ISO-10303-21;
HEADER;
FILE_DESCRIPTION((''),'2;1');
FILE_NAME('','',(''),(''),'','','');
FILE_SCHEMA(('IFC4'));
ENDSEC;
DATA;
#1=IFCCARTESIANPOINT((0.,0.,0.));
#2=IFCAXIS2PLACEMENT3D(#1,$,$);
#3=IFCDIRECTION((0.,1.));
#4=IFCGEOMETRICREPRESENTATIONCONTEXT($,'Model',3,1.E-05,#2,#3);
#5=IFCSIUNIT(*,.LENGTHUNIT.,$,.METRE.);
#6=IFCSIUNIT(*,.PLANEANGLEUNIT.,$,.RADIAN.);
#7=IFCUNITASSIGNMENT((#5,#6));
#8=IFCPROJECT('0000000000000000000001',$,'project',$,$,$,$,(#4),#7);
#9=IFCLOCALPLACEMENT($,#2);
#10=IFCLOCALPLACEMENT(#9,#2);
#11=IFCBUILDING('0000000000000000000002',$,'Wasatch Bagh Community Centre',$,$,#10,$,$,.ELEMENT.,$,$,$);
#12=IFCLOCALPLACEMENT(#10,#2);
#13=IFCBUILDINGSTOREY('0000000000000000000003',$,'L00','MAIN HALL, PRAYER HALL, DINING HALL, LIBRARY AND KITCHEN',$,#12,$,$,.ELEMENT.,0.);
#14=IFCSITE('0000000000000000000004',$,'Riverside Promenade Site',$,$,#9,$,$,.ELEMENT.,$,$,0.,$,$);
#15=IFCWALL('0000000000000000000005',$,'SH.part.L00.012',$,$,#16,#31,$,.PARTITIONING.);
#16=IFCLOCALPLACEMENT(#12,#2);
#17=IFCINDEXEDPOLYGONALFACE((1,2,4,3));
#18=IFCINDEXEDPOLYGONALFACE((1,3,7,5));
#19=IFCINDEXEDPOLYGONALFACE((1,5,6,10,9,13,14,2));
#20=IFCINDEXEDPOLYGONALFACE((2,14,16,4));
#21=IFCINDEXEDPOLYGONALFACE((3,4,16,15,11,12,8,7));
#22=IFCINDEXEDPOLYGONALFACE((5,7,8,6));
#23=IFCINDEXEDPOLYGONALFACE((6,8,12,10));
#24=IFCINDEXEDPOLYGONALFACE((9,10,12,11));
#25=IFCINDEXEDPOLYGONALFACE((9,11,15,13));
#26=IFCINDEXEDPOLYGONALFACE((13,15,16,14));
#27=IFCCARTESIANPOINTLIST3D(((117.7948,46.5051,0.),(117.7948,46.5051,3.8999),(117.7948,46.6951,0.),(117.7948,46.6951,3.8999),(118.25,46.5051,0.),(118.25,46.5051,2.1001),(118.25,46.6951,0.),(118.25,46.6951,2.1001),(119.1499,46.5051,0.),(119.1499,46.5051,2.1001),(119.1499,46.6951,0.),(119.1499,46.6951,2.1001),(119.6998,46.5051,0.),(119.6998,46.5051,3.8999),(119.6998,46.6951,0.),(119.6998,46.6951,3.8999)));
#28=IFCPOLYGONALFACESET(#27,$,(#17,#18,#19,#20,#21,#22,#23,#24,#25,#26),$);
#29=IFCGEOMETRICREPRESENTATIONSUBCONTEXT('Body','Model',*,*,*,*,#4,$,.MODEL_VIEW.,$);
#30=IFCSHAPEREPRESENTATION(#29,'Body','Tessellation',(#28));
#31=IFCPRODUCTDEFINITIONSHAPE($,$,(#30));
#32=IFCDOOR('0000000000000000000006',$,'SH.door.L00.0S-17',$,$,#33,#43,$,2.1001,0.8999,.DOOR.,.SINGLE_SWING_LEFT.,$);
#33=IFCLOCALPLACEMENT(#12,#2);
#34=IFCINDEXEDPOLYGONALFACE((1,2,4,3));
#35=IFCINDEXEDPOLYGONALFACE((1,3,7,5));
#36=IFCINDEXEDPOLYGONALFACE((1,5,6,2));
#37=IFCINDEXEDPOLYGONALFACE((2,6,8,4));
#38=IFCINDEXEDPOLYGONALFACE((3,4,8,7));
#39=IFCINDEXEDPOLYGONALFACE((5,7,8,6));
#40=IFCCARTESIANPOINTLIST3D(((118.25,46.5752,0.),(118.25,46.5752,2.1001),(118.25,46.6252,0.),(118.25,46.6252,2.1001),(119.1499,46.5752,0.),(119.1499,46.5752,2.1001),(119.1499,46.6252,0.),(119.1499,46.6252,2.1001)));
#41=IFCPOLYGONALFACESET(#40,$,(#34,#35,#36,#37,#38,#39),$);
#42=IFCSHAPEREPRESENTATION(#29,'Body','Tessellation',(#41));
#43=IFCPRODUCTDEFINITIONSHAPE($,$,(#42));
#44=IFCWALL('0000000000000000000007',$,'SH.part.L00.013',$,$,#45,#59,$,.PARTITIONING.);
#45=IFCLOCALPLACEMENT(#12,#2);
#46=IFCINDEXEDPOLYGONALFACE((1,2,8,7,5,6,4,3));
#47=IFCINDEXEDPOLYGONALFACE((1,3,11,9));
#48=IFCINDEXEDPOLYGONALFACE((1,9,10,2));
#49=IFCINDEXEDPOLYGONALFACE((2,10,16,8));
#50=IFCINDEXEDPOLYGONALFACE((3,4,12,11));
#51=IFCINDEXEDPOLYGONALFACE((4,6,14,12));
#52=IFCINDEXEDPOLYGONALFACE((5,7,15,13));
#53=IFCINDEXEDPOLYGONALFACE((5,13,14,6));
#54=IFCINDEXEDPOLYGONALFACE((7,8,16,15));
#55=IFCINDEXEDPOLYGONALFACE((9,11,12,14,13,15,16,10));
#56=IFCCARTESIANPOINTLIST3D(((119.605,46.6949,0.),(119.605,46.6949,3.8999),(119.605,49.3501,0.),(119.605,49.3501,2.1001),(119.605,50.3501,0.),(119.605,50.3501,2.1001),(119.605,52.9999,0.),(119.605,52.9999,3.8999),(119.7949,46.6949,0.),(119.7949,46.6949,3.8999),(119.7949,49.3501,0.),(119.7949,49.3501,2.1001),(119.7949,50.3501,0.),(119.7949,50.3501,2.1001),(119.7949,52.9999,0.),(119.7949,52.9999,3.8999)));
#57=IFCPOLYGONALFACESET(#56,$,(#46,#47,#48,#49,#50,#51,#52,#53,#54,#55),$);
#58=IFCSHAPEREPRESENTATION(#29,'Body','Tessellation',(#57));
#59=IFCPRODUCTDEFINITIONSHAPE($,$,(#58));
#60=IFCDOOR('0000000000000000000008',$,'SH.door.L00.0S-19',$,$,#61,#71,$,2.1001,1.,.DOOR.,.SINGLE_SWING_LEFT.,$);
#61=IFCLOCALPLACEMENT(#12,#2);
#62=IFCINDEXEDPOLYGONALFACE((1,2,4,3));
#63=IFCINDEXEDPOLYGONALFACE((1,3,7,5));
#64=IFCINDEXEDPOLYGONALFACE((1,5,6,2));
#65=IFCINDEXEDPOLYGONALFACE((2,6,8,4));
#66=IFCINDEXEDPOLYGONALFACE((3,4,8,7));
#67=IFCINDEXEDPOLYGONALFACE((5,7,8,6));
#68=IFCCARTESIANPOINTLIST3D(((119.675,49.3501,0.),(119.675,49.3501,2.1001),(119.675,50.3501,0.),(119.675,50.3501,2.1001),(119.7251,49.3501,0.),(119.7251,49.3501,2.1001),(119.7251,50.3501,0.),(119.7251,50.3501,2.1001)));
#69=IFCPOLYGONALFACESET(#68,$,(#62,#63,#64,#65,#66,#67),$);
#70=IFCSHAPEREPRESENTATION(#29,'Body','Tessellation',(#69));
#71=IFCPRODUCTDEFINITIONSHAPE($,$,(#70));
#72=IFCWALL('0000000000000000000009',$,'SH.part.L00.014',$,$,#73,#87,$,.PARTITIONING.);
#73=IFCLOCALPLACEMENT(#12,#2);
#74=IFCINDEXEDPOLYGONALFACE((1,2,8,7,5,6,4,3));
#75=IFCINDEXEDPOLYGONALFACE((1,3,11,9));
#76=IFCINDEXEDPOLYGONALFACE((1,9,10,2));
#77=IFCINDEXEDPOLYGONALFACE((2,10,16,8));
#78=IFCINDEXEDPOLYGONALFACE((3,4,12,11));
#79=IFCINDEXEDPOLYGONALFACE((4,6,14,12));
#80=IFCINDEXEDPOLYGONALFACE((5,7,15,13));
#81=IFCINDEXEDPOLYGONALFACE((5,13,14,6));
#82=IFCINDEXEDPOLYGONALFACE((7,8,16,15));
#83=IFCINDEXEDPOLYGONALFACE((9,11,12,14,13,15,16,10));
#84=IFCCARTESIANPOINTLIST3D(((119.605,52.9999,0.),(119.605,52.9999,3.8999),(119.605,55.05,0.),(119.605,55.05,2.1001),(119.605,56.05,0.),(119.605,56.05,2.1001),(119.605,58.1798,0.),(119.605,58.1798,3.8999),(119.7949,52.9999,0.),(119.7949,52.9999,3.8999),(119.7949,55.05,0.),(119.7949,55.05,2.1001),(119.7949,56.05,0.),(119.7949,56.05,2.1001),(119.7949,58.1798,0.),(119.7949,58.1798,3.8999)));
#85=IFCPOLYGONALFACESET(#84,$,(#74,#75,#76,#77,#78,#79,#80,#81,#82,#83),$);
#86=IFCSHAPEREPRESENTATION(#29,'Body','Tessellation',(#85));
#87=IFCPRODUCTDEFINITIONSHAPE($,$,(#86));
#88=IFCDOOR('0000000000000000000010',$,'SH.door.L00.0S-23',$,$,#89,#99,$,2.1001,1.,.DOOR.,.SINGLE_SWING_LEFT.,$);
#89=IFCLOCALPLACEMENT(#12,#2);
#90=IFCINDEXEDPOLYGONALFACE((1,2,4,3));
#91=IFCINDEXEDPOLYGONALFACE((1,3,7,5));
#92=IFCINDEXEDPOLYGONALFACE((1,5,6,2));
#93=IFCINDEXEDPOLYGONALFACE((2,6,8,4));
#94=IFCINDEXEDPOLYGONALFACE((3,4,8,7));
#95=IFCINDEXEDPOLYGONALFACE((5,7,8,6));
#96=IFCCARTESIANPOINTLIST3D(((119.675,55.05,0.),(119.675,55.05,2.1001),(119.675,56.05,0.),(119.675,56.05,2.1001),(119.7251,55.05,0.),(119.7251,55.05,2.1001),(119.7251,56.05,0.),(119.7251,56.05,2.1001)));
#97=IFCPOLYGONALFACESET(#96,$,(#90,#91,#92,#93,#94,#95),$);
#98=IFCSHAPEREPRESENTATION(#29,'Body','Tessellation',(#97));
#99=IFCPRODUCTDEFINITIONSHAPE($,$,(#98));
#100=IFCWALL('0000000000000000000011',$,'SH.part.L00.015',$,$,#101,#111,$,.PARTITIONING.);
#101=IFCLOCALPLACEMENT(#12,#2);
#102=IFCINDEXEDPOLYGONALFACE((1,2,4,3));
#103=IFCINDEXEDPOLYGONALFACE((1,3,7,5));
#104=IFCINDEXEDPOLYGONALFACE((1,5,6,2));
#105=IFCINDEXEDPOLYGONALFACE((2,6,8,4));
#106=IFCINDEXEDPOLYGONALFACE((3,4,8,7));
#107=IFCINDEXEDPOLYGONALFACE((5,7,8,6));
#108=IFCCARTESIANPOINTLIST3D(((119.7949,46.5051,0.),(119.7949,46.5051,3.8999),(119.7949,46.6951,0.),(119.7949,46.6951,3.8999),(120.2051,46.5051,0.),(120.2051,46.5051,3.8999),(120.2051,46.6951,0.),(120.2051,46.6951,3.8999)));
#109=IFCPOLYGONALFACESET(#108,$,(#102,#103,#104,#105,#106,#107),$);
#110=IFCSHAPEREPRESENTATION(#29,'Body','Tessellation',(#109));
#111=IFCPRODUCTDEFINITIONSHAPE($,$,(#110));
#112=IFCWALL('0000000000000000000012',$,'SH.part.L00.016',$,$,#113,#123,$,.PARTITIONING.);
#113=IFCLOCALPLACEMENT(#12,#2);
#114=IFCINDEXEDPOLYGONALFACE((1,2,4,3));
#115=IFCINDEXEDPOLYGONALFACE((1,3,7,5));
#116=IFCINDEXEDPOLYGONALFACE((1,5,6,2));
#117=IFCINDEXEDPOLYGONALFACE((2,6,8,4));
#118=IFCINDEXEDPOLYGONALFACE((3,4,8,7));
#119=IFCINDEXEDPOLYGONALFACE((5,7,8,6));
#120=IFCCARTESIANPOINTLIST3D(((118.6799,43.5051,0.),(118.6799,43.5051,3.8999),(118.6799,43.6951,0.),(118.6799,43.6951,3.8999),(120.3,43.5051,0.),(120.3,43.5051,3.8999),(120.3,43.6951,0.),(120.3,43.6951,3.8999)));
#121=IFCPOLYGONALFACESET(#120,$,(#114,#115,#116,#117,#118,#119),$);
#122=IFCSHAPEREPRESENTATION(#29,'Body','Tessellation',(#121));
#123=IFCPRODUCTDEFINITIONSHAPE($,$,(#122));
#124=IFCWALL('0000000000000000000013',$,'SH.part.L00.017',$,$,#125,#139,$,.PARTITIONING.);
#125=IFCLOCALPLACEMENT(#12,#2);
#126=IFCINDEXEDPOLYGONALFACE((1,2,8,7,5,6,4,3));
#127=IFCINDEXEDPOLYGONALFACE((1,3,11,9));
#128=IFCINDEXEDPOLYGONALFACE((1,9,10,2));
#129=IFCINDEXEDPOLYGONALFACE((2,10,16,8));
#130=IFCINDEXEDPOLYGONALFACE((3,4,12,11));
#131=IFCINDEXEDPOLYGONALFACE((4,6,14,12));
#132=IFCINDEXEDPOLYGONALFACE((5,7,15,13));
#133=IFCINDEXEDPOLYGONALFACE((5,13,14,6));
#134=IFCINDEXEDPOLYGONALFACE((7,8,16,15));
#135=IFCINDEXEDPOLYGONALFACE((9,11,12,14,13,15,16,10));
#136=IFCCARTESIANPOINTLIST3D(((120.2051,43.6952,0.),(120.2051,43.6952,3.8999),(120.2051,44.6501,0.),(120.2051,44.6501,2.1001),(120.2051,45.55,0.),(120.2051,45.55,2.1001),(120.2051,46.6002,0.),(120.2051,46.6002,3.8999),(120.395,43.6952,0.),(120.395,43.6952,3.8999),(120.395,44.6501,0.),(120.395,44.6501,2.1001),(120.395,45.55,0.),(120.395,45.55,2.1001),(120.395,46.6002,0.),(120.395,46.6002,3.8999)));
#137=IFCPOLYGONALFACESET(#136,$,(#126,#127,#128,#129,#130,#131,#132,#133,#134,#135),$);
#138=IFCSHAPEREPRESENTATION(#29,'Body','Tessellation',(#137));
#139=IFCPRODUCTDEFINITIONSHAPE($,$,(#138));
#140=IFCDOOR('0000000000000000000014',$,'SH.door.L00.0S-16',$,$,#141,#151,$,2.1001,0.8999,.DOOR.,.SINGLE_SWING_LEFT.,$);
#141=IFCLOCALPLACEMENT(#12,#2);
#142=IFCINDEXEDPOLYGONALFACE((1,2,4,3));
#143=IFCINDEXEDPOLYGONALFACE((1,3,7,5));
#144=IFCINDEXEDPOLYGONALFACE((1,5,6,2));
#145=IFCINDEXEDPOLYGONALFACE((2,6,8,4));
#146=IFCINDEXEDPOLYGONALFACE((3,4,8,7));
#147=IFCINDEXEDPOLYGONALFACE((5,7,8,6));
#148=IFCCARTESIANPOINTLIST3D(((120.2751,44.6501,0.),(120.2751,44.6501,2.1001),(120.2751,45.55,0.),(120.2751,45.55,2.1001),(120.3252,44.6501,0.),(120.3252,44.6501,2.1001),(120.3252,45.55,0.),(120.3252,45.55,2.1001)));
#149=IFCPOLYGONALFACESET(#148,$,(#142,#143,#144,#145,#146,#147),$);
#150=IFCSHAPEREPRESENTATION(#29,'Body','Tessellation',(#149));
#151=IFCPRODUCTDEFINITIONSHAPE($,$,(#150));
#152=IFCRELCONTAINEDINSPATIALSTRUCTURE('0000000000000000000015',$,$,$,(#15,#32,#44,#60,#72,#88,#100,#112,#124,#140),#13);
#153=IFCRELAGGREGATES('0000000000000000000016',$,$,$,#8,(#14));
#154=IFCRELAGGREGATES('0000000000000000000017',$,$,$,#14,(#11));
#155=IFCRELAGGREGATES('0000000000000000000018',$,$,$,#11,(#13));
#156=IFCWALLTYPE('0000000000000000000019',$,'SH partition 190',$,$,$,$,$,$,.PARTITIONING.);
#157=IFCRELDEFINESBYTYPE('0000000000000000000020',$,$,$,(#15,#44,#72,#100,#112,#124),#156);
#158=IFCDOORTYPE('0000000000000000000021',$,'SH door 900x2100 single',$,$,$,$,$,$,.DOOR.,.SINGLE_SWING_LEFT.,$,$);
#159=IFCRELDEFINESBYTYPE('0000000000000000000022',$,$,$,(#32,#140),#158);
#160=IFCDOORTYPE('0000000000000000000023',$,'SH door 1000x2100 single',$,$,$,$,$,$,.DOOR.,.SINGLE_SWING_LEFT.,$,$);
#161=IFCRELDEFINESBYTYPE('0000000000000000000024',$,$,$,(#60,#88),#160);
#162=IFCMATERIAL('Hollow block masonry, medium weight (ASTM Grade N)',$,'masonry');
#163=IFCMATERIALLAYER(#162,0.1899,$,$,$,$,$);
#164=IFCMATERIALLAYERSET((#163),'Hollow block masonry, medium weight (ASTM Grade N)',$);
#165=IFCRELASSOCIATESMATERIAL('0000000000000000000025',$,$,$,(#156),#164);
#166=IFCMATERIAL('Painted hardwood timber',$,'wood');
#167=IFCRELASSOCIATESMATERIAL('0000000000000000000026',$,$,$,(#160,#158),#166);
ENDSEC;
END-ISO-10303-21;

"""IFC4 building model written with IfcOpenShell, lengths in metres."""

from ifc_helpers import new_model, si_unit, direction, frame, frame_2d, origin, place, context, subcontext, project, spatial, rectangle, extrude, material, layer, layer_set, type_object, element, fill, save


model = new_model("IFC4")

# Units and contexts
model_context = context("Model", 3, precision=1e-05, world=origin(), true_north=direction((0.0, 1.0)))
body_context = subcontext(model_context, "Body", "Model", "MODEL_VIEW")
ifc_project = project(units=[si_unit("LENGTHUNIT", "METRE"), si_unit("PLANEANGLEUNIT", "RADIAN")], contexts=[model_context])

# Site, building, storey
site_placement = place(None, origin())
site = spatial("IfcSite", under=ifc_project, at=site_placement, Name="Riverside Promenade Site", CompositionType="ELEMENT", RefElevation=0.0)
building_placement = place(site_placement, origin())
building = spatial("IfcBuilding", under=site, at=building_placement, Name="Wasatch Bagh Community Centre", CompositionType="ELEMENT")
storey_placement = place(building_placement, origin())
storey = spatial("IfcBuildingStorey", under=building, at=storey_placement, Name="L00", Description="MAIN HALL, PRAYER HALL, DINING HALL, LIBRARY AND KITCHEN", CompositionType="ELEMENT", Elevation=0.0)

# Shared definitions
ifc_material_1 = material(Name="Hollow block masonry, medium weight (ASTM Grade N)", Category="masonry")
ifc_layer = layer(ifc_material_1, 0.1899)
ifc_layer_set = layer_set([ifc_layer], Name="Hollow block masonry, medium weight (ASTM Grade N)")
wall_type = type_object("IfcWallType", Name="SH partition 190", PredefinedType="PARTITIONING", material=ifc_layer_set)

# Walls, openings, doors
ifc_material_2 = material(Name="Painted hardwood timber", Category="wood")
door_type_1 = type_object("IfcDoorType", Name="SH door 1000x2100 single", OperationType="SINGLE_SWING_LEFT", PredefinedType="DOOR", material=ifc_material_2)
wall_1_placement = place(storey_placement, frame((119.7, 46.6001, 0.0), z_axis=(0.0, 0.0, 1.0), x_axis=(-1.0, 0.0, 0.0)))
wall_1 = element("IfcWall", 1, at=wall_1_placement, inside=storey, type_object=wall_type, Name="SH.part.L00.012", PredefinedType="PARTITIONING", context=body_context, shape_type="SweptSolid", body=[
    extrude(rectangle(XDim=1.905, YDim=0.1899, at=frame_2d((0.9526, 0.0))), origin(), (0.0, 0.0, 1.0), 3.8999),
])
opening_1_placement = place(wall_1_placement, frame((0.55, 0.0, 0.0)))
opening_1 = element("IfcOpeningElement", 2, at=opening_1_placement, cuts=wall_1, PredefinedType="OPENING", context=body_context, shape_type="SweptSolid", body=[
    extrude(rectangle(XDim=0.8999, YDim=2.1001, at=frame_2d((0.45, 1.05))), frame((0.0, 0.105, 0.0), z_axis=(0.0, -1.0, 0.0), x_axis=(1.0, 0.0, 0.0)), (0.0, 0.0, 1.0), 0.21),
])
door_type_2 = type_object("IfcDoorType", Name="SH door 900x2100 single", OperationType="SINGLE_SWING_LEFT", PredefinedType="DOOR", material=ifc_material_2)
door_1_placement = place(opening_1_placement, origin())
door_1 = element("IfcDoor", 3, at=door_1_placement, inside=storey, type_object=door_type_2, Name="SH.door.L00.0S-17", OperationType="SINGLE_SWING_LEFT", OverallHeight=2.1001, OverallWidth=0.8999, PredefinedType="DOOR", context=body_context, shape_type="SweptSolid", body=[
    extrude(rectangle(XDim=0.8999, YDim=2.1001, at=frame_2d((0.45, 1.05))), frame((0.0, 0.0249, 0.0), z_axis=(0.0, -1.0, 0.0), x_axis=(1.0, 0.0, 0.0)), (0.0, 0.0, 1.0), 0.05),
])
fill(opening_1, door_1)
wall_2_placement = place(storey_placement, frame((119.7, 46.6951, 0.0), z_axis=(0.0, 0.0, 1.0), x_axis=(0.0, 1.0, 0.0)))
wall_2 = element("IfcWall", 4, at=wall_2_placement, inside=storey, type_object=wall_type, Name="SH.part.L00.013", PredefinedType="PARTITIONING", context=body_context, shape_type="SweptSolid", body=[
    extrude(rectangle(XDim=6.3049, YDim=0.1899, at=frame_2d((3.1523, 0.0))), origin(), (0.0, 0.0, 1.0), 3.8999),
])
opening_2_placement = place(wall_2_placement, frame((2.655, 0.0, 0.0)))
opening_2 = element("IfcOpeningElement", 5, at=opening_2_placement, cuts=wall_2, PredefinedType="OPENING", context=body_context, shape_type="SweptSolid", body=[
    extrude(rectangle(XDim=1.0, YDim=2.1001, at=frame_2d((0.5, 1.05))), frame((0.0, 0.105, 0.0), z_axis=(0.0, -1.0, 0.0), x_axis=(1.0, 0.0, 0.0)), (0.0, 0.0, 1.0), 0.21),
])
door_2_placement = place(opening_2_placement, origin())
door_2 = element("IfcDoor", 6, at=door_2_placement, inside=storey, type_object=door_type_1, Name="SH.door.L00.0S-19", OperationType="SINGLE_SWING_LEFT", OverallHeight=2.1001, OverallWidth=1.0, PredefinedType="DOOR", context=body_context, shape_type="SweptSolid", body=[
    extrude(rectangle(XDim=1.0, YDim=2.1001, at=frame_2d((0.5, 1.05))), frame((0.0, 0.0249, 0.0), z_axis=(0.0, -1.0, 0.0), x_axis=(1.0, 0.0, 0.0)), (0.0, 0.0, 1.0), 0.05),
])
fill(opening_2, door_2)
wall_3_placement = place(storey_placement, frame((119.7, 53.0, 0.0), z_axis=(0.0, 0.0, 1.0), x_axis=(0.0, 1.0, 0.0)))
wall_3 = element("IfcWall", 7, at=wall_3_placement, inside=storey, type_object=wall_type, Name="SH.part.L00.014", PredefinedType="PARTITIONING", context=body_context, shape_type="SweptSolid", body=[
    extrude(rectangle(XDim=5.1799, YDim=0.1899, at=frame_2d((2.5898, 0.0))), origin(), (0.0, 0.0, 1.0), 3.8999),
])
opening_3_placement = place(wall_3_placement, frame((2.05, 0.0, 0.0)))
opening_3 = element("IfcOpeningElement", 8, at=opening_3_placement, cuts=wall_3, PredefinedType="OPENING", context=body_context, shape_type="SweptSolid", body=[
    extrude(rectangle(XDim=1.0, YDim=2.1001, at=frame_2d((0.5, 1.05))), frame((0.0, 0.105, 0.0), z_axis=(0.0, -1.0, 0.0), x_axis=(1.0, 0.0, 0.0)), (0.0, 0.0, 1.0), 0.21),
])
door_3_placement = place(opening_3_placement, origin())
door_3 = element("IfcDoor", 9, at=door_3_placement, inside=storey, type_object=door_type_1, Name="SH.door.L00.0S-23", OperationType="SINGLE_SWING_LEFT", OverallHeight=2.1001, OverallWidth=1.0, PredefinedType="DOOR", context=body_context, shape_type="SweptSolid", body=[
    extrude(rectangle(XDim=1.0, YDim=2.1001, at=frame_2d((0.5, 1.05))), frame((0.0, 0.0249, 0.0), z_axis=(0.0, -1.0, 0.0), x_axis=(1.0, 0.0, 0.0)), (0.0, 0.0, 1.0), 0.05),
])
fill(opening_3, door_3)

# Walls
wall_4_placement = place(storey_placement, frame((120.2051, 46.6001, 0.0), z_axis=(0.0, 0.0, 1.0), x_axis=(-1.0, 0.0, 0.0)))
element("IfcWall", 10, at=wall_4_placement, inside=storey, type_object=wall_type, Name="SH.part.L00.015", PredefinedType="PARTITIONING", context=body_context, shape_type="SweptSolid", body=[
    extrude(rectangle(XDim=0.4102, YDim=0.1899, at=frame_2d((0.2051, 0.0))), origin(), (0.0, 0.0, 1.0), 3.8999),
])
wall_5_placement = place(storey_placement, frame((120.3, 43.6001, 0.0), z_axis=(0.0, 0.0, 1.0), x_axis=(-1.0, 0.0, 0.0)))
element("IfcWall", 11, at=wall_5_placement, inside=storey, type_object=wall_type, Name="SH.part.L00.016", PredefinedType="PARTITIONING", context=body_context, shape_type="SweptSolid", body=[
    extrude(rectangle(XDim=1.6201, YDim=0.1899, at=frame_2d((0.8101, 0.0))), origin(), (0.0, 0.0, 1.0), 3.8999),
])

# Wall, opening, door
wall_6_placement = place(storey_placement, frame((120.3, 43.6951, 0.0), z_axis=(0.0, 0.0, 1.0), x_axis=(0.0, 1.0, 0.0)))
wall_6 = element("IfcWall", 12, at=wall_6_placement, inside=storey, type_object=wall_type, Name="SH.part.L00.017", PredefinedType="PARTITIONING", context=body_context, shape_type="SweptSolid", body=[
    extrude(rectangle(XDim=2.905, YDim=0.1899, at=frame_2d((1.4526, 0.0))), origin(), (0.0, 0.0, 1.0), 3.8999),
])
opening_4_placement = place(wall_6_placement, frame((0.9551, 0.0, 0.0)))
opening_4 = element("IfcOpeningElement", 13, at=opening_4_placement, cuts=wall_6, PredefinedType="OPENING", context=body_context, shape_type="SweptSolid", body=[
    extrude(rectangle(XDim=0.8999, YDim=2.1001, at=frame_2d((0.45, 1.05))), frame((0.0, 0.105, 0.0), z_axis=(0.0, -1.0, 0.0), x_axis=(1.0, 0.0, 0.0)), (0.0, 0.0, 1.0), 0.21),
])
door_4_placement = place(opening_4_placement, origin())
door_4 = element("IfcDoor", 14, at=door_4_placement, inside=storey, type_object=door_type_2, Name="SH.door.L00.0S-16", OperationType="SINGLE_SWING_LEFT", OverallHeight=2.1001, OverallWidth=0.8999, PredefinedType="DOOR", context=body_context, shape_type="SweptSolid", body=[
    extrude(rectangle(XDim=0.8999, YDim=2.1001, at=frame_2d((0.45, 1.05))), frame((0.0, 0.0249, 0.0), z_axis=(0.0, -1.0, 0.0), x_axis=(1.0, 0.0, 0.0)), (0.0, 0.0, 1.0), 0.05),
])
fill(opening_4, door_4)

save(model, "model.ifc")
